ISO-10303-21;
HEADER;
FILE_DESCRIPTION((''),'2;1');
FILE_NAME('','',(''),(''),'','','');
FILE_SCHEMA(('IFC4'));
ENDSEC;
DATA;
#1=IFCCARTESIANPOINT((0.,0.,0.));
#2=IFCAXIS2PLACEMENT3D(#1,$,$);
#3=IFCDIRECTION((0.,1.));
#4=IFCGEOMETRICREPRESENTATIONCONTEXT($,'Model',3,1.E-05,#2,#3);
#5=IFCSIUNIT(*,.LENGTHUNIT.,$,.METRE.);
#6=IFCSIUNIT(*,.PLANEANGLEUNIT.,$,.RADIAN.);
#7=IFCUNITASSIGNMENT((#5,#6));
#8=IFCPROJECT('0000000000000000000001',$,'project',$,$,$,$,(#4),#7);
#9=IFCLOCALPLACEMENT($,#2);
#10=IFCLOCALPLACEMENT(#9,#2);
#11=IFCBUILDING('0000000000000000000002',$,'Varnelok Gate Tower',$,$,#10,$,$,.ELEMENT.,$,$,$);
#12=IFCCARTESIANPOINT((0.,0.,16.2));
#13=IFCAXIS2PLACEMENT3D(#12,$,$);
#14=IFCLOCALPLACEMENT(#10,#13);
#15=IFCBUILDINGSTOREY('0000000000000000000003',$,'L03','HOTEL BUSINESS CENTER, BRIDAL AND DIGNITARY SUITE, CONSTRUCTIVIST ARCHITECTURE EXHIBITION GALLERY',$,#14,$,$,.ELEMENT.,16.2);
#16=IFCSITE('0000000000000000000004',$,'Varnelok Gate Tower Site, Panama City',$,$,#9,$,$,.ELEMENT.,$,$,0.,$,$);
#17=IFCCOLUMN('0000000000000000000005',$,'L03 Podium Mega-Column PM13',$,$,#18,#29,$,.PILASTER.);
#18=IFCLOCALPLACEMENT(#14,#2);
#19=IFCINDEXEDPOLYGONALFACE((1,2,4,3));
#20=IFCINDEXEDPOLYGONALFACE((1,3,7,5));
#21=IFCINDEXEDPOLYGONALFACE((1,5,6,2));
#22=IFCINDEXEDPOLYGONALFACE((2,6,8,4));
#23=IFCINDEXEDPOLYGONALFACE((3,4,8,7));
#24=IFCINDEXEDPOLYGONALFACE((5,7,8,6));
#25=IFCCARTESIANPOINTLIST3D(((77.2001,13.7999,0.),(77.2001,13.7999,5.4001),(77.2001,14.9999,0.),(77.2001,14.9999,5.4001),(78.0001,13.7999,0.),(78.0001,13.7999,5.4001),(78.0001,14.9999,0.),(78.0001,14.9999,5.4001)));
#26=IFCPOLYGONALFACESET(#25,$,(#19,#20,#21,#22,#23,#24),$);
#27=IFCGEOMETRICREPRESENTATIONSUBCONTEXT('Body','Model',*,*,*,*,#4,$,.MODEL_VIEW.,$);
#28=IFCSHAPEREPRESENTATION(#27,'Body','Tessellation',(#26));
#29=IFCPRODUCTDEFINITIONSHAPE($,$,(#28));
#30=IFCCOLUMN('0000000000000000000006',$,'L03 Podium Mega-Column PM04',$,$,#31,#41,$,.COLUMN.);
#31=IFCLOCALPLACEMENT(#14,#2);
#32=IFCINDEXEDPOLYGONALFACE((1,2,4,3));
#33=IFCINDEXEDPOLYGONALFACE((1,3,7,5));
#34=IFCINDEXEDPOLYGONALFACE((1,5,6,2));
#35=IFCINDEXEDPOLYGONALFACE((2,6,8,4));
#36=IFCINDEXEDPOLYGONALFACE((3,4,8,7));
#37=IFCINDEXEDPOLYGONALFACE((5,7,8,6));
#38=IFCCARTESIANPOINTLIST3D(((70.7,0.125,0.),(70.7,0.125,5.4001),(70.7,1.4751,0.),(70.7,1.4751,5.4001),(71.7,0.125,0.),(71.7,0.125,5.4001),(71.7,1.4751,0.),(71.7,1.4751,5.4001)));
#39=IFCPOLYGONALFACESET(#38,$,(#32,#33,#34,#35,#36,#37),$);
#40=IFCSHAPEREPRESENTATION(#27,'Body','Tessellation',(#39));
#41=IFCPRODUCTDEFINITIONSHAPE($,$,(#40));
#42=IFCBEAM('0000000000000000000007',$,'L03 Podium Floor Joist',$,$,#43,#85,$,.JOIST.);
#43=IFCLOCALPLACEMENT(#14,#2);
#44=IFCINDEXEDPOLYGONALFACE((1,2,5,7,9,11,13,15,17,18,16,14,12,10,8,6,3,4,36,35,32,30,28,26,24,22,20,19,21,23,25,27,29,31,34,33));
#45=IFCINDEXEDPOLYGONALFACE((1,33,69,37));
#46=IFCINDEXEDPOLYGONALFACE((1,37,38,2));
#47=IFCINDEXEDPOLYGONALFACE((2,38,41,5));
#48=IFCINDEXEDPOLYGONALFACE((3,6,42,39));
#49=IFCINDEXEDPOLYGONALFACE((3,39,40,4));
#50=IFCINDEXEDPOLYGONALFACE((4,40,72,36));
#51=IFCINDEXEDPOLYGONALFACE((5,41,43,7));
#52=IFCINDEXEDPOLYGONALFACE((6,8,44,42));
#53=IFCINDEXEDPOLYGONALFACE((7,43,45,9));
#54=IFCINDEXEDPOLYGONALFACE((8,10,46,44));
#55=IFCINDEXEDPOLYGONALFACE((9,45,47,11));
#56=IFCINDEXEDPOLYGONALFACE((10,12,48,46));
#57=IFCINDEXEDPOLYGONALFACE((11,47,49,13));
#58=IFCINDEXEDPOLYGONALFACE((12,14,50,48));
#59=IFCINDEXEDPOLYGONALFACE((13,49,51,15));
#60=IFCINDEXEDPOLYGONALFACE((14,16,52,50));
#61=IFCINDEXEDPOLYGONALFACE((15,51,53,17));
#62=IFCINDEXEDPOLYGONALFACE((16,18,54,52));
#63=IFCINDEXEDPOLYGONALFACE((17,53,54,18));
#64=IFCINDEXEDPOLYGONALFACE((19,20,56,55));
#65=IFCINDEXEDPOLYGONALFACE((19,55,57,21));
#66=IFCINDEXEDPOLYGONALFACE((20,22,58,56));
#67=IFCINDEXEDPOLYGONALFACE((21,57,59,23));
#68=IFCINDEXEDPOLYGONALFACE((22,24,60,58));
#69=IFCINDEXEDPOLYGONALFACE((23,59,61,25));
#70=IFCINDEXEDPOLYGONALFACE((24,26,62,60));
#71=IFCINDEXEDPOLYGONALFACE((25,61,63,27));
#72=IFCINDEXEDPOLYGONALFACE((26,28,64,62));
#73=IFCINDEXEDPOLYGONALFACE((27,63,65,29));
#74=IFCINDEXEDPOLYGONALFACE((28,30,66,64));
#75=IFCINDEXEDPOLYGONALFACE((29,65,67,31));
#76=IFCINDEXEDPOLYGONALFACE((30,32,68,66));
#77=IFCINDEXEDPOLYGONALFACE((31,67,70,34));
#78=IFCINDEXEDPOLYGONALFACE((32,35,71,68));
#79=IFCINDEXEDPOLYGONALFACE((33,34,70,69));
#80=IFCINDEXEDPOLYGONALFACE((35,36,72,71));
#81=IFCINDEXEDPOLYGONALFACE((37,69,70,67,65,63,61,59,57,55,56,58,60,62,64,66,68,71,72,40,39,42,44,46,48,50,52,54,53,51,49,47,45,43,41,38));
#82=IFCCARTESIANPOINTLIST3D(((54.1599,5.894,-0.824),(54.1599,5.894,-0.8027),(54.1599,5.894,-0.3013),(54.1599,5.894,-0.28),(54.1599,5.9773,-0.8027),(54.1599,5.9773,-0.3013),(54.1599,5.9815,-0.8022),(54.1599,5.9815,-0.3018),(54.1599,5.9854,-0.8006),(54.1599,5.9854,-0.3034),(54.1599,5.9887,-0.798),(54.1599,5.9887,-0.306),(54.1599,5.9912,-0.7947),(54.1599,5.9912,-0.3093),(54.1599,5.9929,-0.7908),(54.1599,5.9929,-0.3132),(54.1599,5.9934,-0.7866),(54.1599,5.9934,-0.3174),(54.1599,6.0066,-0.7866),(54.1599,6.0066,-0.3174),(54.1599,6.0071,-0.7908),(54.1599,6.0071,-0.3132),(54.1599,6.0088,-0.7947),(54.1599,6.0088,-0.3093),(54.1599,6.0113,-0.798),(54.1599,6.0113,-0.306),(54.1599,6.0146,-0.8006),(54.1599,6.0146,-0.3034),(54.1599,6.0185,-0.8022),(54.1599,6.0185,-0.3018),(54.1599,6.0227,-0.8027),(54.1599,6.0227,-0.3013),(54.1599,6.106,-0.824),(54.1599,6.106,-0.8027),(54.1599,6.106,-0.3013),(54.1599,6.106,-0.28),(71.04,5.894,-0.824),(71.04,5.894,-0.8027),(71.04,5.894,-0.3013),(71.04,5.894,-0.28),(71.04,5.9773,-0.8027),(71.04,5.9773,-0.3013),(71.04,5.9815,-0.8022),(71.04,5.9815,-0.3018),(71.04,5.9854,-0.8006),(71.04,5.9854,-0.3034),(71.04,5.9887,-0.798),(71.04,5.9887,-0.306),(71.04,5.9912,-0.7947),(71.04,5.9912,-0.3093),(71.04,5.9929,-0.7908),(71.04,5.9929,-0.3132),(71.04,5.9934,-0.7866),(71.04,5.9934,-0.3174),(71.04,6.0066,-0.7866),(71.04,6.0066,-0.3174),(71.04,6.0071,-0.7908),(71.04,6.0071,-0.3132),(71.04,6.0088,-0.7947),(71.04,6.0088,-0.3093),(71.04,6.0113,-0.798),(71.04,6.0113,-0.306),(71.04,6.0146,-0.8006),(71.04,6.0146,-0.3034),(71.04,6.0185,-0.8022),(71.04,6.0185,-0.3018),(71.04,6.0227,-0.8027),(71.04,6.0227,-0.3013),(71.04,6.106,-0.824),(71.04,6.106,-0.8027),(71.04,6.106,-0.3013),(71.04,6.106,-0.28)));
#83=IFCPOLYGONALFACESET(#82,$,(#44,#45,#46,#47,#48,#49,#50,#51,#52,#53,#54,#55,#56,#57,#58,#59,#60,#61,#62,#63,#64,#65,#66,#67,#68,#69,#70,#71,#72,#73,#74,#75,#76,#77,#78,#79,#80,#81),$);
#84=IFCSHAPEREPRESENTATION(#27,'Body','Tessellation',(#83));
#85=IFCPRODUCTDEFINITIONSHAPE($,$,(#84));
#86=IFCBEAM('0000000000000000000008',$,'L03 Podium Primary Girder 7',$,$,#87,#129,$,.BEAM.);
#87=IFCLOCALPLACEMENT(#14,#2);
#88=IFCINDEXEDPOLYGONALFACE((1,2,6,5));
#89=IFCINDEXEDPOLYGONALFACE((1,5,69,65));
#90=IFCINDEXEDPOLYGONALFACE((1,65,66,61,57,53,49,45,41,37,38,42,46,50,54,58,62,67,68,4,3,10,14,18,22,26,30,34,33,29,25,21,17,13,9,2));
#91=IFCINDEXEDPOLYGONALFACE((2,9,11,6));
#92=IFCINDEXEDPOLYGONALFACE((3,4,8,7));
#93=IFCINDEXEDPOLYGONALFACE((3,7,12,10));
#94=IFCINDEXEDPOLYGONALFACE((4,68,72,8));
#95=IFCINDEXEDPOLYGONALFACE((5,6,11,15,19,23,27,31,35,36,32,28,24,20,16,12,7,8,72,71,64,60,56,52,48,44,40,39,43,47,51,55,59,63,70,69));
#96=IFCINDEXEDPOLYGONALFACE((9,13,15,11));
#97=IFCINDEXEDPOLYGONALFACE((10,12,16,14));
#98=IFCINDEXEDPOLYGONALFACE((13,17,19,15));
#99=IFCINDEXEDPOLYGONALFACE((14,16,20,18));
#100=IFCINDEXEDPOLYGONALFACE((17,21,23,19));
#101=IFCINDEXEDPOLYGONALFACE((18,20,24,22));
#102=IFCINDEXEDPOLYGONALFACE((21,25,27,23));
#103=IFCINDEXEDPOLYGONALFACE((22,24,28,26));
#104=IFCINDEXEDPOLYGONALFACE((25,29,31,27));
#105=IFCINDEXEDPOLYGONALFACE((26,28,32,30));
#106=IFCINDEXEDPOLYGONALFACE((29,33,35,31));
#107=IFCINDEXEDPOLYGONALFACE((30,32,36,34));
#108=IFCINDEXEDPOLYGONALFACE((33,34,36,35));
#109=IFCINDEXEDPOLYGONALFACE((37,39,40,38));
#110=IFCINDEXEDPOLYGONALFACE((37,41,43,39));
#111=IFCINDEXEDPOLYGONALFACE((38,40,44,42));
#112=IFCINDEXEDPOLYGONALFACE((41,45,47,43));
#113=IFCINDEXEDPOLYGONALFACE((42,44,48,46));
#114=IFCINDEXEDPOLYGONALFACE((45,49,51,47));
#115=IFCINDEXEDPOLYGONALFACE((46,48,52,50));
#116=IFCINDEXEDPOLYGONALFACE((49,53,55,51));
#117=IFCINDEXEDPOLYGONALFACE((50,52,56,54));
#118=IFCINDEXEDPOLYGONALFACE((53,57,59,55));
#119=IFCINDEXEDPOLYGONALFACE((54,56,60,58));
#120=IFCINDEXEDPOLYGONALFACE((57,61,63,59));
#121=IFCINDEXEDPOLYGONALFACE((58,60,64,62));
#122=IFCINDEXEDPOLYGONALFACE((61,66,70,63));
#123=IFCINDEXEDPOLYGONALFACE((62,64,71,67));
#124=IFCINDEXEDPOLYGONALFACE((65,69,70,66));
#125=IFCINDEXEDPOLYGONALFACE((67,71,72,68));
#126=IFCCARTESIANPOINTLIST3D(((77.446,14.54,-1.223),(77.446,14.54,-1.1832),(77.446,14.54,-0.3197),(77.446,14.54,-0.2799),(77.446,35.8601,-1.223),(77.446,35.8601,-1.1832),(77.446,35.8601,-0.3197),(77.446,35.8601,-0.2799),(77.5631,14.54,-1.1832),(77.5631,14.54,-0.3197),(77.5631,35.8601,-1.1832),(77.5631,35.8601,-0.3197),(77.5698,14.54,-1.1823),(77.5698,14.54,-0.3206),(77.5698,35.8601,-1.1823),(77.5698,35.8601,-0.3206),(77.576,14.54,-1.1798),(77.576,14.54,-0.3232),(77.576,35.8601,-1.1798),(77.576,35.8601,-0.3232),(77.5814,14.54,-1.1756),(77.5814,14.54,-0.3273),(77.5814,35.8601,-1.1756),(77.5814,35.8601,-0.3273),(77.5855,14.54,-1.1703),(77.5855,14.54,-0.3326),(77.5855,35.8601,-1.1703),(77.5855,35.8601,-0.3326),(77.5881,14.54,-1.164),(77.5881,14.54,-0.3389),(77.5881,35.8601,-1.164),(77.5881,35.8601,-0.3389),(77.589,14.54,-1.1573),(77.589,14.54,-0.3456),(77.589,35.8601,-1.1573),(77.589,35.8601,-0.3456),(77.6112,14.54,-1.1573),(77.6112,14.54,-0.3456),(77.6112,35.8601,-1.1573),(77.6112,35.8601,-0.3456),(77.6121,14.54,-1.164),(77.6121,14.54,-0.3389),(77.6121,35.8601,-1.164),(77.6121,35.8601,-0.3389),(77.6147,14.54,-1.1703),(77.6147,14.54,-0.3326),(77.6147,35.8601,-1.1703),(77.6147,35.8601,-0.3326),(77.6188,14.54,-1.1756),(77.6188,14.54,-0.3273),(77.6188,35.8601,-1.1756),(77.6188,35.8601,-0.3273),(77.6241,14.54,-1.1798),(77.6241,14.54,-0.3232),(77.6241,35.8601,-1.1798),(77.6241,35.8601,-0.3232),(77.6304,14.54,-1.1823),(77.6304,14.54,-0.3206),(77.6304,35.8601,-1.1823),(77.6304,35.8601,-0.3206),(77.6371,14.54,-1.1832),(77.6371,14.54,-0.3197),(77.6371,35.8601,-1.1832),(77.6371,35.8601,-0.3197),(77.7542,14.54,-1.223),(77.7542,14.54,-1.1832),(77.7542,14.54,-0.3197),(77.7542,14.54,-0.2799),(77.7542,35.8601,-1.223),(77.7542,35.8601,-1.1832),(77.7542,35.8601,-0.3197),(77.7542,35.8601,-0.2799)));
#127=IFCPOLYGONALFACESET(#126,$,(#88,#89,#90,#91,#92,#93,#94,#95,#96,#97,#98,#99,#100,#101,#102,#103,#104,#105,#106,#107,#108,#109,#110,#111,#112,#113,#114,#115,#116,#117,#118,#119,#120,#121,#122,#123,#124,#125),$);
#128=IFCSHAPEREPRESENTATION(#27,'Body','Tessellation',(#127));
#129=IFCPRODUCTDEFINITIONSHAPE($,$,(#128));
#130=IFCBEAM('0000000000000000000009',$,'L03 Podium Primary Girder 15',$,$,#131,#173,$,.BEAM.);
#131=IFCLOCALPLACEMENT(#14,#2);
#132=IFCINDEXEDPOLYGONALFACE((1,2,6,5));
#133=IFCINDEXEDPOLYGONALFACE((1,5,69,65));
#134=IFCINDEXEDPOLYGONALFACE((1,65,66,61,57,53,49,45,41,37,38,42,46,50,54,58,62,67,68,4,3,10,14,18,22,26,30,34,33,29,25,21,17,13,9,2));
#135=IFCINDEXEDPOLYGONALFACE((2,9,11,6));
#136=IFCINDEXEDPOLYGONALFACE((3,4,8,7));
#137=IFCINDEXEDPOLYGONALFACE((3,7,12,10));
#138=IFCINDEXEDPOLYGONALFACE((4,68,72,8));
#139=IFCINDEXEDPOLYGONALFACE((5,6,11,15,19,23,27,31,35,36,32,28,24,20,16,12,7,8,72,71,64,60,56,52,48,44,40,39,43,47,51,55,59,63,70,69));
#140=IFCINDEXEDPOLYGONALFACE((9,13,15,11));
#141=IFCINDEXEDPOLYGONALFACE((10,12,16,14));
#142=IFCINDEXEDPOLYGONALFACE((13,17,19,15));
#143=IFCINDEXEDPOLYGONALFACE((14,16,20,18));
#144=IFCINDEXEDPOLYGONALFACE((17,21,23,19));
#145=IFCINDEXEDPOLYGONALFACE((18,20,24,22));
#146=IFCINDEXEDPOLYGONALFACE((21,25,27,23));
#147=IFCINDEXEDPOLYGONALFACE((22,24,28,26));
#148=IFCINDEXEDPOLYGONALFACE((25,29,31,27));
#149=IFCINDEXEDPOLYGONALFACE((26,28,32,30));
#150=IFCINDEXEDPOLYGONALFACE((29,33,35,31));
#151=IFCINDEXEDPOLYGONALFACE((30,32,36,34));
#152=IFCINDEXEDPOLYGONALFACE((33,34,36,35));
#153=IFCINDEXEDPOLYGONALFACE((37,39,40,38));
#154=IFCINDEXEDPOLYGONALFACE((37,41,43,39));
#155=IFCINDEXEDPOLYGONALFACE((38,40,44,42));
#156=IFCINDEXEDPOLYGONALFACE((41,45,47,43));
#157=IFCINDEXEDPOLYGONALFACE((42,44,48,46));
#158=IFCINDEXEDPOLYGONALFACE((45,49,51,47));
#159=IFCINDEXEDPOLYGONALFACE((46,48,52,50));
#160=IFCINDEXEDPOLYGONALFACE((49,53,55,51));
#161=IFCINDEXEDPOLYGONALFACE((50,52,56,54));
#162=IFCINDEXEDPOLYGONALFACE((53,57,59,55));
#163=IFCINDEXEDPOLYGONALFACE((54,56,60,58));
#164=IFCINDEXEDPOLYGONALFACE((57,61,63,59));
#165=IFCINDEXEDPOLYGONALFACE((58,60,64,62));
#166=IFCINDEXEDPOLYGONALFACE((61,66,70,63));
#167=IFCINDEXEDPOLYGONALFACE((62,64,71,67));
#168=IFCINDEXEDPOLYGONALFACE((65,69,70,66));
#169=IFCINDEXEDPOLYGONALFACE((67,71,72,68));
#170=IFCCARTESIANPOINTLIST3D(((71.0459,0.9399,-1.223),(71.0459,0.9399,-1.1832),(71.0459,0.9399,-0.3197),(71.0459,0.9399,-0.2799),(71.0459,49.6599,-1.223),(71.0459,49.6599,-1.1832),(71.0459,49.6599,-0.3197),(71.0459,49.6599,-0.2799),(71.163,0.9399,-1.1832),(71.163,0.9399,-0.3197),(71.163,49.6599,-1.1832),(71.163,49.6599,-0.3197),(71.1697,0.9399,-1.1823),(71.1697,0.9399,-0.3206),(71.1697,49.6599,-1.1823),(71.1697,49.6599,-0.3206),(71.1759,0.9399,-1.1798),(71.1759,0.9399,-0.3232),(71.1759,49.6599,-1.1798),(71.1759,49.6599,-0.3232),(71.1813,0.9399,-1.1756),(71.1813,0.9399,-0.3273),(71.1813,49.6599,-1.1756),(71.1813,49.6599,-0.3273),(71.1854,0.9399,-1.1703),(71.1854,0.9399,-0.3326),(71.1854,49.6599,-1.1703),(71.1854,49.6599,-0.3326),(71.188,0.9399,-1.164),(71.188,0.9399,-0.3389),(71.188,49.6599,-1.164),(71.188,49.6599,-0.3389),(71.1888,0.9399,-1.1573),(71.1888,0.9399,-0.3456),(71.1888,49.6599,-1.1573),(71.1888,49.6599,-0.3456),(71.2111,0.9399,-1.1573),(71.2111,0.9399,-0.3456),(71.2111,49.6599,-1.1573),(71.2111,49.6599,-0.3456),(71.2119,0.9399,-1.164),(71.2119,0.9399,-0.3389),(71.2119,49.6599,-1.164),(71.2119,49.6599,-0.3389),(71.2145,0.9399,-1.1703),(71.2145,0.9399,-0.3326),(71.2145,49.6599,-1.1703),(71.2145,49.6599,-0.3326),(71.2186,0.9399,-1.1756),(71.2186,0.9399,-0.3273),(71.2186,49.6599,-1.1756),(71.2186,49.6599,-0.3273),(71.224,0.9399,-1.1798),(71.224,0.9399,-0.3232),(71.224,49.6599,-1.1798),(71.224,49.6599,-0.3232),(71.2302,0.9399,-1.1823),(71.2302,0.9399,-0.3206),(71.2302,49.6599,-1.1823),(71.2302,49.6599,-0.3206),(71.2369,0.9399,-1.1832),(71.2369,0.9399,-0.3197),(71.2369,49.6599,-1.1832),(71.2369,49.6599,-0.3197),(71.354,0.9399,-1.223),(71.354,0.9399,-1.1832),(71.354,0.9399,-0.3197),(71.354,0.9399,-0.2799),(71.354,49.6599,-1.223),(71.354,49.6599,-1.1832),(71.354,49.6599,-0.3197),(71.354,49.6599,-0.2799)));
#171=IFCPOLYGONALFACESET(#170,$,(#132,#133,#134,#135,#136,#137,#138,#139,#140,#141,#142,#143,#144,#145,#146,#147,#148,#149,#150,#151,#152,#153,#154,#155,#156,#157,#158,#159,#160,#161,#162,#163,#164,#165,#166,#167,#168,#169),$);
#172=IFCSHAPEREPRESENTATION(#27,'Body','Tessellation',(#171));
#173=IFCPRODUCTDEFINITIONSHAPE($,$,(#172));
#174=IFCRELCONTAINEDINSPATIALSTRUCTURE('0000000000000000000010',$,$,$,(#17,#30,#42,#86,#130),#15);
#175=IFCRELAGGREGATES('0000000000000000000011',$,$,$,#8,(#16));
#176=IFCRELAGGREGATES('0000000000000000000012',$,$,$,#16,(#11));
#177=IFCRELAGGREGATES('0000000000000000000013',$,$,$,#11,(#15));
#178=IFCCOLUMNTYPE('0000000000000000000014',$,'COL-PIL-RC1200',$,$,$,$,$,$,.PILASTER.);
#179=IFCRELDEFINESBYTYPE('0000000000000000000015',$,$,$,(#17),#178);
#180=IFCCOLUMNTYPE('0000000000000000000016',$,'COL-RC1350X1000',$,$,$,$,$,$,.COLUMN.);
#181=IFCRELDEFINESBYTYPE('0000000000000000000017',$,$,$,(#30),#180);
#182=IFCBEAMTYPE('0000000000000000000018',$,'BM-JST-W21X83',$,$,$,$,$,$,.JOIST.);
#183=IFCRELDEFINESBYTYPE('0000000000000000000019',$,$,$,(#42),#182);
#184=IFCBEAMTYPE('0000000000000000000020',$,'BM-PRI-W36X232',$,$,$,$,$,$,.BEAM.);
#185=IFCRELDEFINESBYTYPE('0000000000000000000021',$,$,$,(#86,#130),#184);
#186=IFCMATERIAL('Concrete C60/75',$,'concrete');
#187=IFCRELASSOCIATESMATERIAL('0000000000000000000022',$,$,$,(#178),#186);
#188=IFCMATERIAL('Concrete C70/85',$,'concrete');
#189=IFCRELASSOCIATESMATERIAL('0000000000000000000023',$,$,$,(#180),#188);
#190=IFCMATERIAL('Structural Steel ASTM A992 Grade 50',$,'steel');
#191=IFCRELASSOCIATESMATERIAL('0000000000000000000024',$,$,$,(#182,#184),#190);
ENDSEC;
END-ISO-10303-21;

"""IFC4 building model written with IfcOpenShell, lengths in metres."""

from ifc_helpers import new_model, si_unit, direction, frame, origin, origin_2d, place, context, subcontext, project, spatial, rectangle, i_section, extrude, material, material_profile, profile_set, type_object, element, save


model = new_model("IFC4")

# Units and contexts
model_context = context("Model", 3, precision=1e-05, world=origin(), true_north=direction((0.0, 1.0)))
body_context = subcontext(model_context, "Body", "Model", "MODEL_VIEW")
ifc_project = project(units=[si_unit("LENGTHUNIT", "METRE"), si_unit("PLANEANGLEUNIT", "RADIAN")], contexts=[model_context])

# Site, building, storey
site_placement = place(None, origin())
site = spatial("IfcSite", under=ifc_project, at=site_placement, Name="Varnelok Gate Tower Site, Panama City", CompositionType="ELEMENT", RefElevation=0.0)
building_placement = place(site_placement, origin())
building = spatial("IfcBuilding", under=site, at=building_placement, Name="Varnelok Gate Tower", CompositionType="ELEMENT")
storey_placement = place(building_placement, frame((0.0, 0.0, 16.2)))
storey = spatial("IfcBuildingStorey", under=building, at=storey_placement, Name="L03", Description="HOTEL BUSINESS CENTER, BRIDAL AND DIGNITARY SUITE, CONSTRUCTIVIST ARCHITECTURE EXHIBITION GALLERY", CompositionType="ELEMENT", Elevation=16.2)

# Columns
ifc_material_1 = material(Name="Concrete C60/75", Category="concrete")
ifc_material_profile_1 = material_profile(ifc_material_1, rectangle(XDim=0.8, YDim=1.2, at=origin_2d()), Name="RC1200X800")
ifc_profile_set_1 = profile_set([ifc_material_profile_1], Name="Concrete C60/75")
column_type_1 = type_object("IfcColumnType", Name="COL-PIL-RC1200", PredefinedType="PILASTER", material=ifc_profile_set_1)
column_1_placement = place(storey_placement, frame((77.6001, 14.3999, 0.0), z_axis=(0.0, 0.0, 1.0), x_axis=(1.0, 0.0, 0.0)))
element("IfcColumn", 1, at=column_1_placement, inside=storey, type_object=column_type_1, Name="L03 Podium Mega-Column PM13", PredefinedType="PILASTER", context=body_context, shape_type="SweptSolid", body=[
    extrude(rectangle(XDim=0.8, YDim=1.2, at=origin_2d()), origin(), (0.0, 0.0, 1.0), 5.4001),
])
ifc_material_2 = material(Name="Concrete C70/85", Category="concrete")
ifc_material_profile_2 = material_profile(ifc_material_2, rectangle(XDim=1.0, YDim=1.3501, at=origin_2d()), Name="RC1350X1000")
ifc_profile_set_2 = profile_set([ifc_material_profile_2], Name="Concrete C70/85")
column_type_2 = type_object("IfcColumnType", Name="COL-RC1350X1000", PredefinedType="COLUMN", material=ifc_profile_set_2)
column_2_placement = place(storey_placement, frame((71.2, 0.8, 0.0), z_axis=(0.0, 0.0, 1.0), x_axis=(1.0, 0.0, 0.0)))
element("IfcColumn", 2, at=column_2_placement, inside=storey, type_object=column_type_2, Name="L03 Podium Mega-Column PM04", PredefinedType="COLUMN", context=body_context, shape_type="SweptSolid", body=[
    extrude(rectangle(XDim=1.0, YDim=1.3501, at=origin_2d()), origin(), (0.0, 0.0, 1.0), 5.4001),
])

# Beams
ifc_material_3 = material(Name="Structural Steel ASTM A992 Grade 50", Category="steel")
ifc_material_profile_3 = material_profile(ifc_material_3, i_section(OverallWidth=0.2119, OverallDepth=0.5439, WebThickness=0.0132, FlangeThickness=0.0212, FilletRadius=0.0161, at=origin_2d()), Name="W21X83")
ifc_profile_set_3 = profile_set([ifc_material_profile_3], Name="Structural Steel ASTM A992 Grade 50")
beam_type_1 = type_object("IfcBeamType", Name="BM-JST-W21X83", PredefinedType="JOIST", material=ifc_profile_set_3)
beam_1_placement = place(storey_placement, frame((54.1599, 6.0, -0.552), z_axis=(1.0, 0.0, 0.0), x_axis=(0.0, 1.0, 0.0)))
element("IfcBeam", 3, at=beam_1_placement, inside=storey, type_object=beam_type_1, Name="L03 Podium Floor Joist", PredefinedType="JOIST", context=body_context, shape_type="SweptSolid", body=[
    extrude(i_section(OverallWidth=0.2119, OverallDepth=0.5439, WebThickness=0.0132, FlangeThickness=0.0212, FilletRadius=0.0161, at=origin_2d()), origin(), (0.0, 0.0, 1.0), 16.8801),
])
ifc_material_profile_4 = material_profile(ifc_material_3, i_section(OverallWidth=0.3081, OverallDepth=0.9431, WebThickness=0.0222, FlangeThickness=0.0398, FilletRadius=0.0259, at=origin_2d()), Name="W36X232")
ifc_profile_set_4 = profile_set([ifc_material_profile_4], Name="Structural Steel ASTM A992 Grade 50")
beam_type_2 = type_object("IfcBeamType", Name="BM-PRI-W36X232", PredefinedType="BEAM", material=ifc_profile_set_4)
beam_2_placement = place(storey_placement, frame((77.6001, 14.54, -0.7515), z_axis=(0.0, 1.0, 0.0), x_axis=(-1.0, 0.0, 0.0)))
element("IfcBeam", 4, at=beam_2_placement, inside=storey, type_object=beam_type_2, Name="L03 Podium Primary Girder 7", PredefinedType="BEAM", context=body_context, shape_type="SweptSolid", body=[
    extrude(i_section(OverallWidth=0.3081, OverallDepth=0.9431, WebThickness=0.0222, FlangeThickness=0.0398, FilletRadius=0.0259, at=origin_2d()), origin(), (0.0, 0.0, 1.0), 21.3201),
])
beam_3_placement = place(storey_placement, frame((71.2, 0.9399, -0.7515), z_axis=(0.0, 1.0, 0.0), x_axis=(-1.0, 0.0, 0.0)))
element("IfcBeam", 5, at=beam_3_placement, inside=storey, type_object=beam_type_2, Name="L03 Podium Primary Girder 15", PredefinedType="BEAM", context=body_context, shape_type="SweptSolid", body=[
    extrude(i_section(OverallWidth=0.3081, OverallDepth=0.9431, WebThickness=0.0222, FlangeThickness=0.0398, FilletRadius=0.0259, at=origin_2d()), origin(), (0.0, 0.0, 1.0), 48.72),
])

save(model, "model.ifc")
